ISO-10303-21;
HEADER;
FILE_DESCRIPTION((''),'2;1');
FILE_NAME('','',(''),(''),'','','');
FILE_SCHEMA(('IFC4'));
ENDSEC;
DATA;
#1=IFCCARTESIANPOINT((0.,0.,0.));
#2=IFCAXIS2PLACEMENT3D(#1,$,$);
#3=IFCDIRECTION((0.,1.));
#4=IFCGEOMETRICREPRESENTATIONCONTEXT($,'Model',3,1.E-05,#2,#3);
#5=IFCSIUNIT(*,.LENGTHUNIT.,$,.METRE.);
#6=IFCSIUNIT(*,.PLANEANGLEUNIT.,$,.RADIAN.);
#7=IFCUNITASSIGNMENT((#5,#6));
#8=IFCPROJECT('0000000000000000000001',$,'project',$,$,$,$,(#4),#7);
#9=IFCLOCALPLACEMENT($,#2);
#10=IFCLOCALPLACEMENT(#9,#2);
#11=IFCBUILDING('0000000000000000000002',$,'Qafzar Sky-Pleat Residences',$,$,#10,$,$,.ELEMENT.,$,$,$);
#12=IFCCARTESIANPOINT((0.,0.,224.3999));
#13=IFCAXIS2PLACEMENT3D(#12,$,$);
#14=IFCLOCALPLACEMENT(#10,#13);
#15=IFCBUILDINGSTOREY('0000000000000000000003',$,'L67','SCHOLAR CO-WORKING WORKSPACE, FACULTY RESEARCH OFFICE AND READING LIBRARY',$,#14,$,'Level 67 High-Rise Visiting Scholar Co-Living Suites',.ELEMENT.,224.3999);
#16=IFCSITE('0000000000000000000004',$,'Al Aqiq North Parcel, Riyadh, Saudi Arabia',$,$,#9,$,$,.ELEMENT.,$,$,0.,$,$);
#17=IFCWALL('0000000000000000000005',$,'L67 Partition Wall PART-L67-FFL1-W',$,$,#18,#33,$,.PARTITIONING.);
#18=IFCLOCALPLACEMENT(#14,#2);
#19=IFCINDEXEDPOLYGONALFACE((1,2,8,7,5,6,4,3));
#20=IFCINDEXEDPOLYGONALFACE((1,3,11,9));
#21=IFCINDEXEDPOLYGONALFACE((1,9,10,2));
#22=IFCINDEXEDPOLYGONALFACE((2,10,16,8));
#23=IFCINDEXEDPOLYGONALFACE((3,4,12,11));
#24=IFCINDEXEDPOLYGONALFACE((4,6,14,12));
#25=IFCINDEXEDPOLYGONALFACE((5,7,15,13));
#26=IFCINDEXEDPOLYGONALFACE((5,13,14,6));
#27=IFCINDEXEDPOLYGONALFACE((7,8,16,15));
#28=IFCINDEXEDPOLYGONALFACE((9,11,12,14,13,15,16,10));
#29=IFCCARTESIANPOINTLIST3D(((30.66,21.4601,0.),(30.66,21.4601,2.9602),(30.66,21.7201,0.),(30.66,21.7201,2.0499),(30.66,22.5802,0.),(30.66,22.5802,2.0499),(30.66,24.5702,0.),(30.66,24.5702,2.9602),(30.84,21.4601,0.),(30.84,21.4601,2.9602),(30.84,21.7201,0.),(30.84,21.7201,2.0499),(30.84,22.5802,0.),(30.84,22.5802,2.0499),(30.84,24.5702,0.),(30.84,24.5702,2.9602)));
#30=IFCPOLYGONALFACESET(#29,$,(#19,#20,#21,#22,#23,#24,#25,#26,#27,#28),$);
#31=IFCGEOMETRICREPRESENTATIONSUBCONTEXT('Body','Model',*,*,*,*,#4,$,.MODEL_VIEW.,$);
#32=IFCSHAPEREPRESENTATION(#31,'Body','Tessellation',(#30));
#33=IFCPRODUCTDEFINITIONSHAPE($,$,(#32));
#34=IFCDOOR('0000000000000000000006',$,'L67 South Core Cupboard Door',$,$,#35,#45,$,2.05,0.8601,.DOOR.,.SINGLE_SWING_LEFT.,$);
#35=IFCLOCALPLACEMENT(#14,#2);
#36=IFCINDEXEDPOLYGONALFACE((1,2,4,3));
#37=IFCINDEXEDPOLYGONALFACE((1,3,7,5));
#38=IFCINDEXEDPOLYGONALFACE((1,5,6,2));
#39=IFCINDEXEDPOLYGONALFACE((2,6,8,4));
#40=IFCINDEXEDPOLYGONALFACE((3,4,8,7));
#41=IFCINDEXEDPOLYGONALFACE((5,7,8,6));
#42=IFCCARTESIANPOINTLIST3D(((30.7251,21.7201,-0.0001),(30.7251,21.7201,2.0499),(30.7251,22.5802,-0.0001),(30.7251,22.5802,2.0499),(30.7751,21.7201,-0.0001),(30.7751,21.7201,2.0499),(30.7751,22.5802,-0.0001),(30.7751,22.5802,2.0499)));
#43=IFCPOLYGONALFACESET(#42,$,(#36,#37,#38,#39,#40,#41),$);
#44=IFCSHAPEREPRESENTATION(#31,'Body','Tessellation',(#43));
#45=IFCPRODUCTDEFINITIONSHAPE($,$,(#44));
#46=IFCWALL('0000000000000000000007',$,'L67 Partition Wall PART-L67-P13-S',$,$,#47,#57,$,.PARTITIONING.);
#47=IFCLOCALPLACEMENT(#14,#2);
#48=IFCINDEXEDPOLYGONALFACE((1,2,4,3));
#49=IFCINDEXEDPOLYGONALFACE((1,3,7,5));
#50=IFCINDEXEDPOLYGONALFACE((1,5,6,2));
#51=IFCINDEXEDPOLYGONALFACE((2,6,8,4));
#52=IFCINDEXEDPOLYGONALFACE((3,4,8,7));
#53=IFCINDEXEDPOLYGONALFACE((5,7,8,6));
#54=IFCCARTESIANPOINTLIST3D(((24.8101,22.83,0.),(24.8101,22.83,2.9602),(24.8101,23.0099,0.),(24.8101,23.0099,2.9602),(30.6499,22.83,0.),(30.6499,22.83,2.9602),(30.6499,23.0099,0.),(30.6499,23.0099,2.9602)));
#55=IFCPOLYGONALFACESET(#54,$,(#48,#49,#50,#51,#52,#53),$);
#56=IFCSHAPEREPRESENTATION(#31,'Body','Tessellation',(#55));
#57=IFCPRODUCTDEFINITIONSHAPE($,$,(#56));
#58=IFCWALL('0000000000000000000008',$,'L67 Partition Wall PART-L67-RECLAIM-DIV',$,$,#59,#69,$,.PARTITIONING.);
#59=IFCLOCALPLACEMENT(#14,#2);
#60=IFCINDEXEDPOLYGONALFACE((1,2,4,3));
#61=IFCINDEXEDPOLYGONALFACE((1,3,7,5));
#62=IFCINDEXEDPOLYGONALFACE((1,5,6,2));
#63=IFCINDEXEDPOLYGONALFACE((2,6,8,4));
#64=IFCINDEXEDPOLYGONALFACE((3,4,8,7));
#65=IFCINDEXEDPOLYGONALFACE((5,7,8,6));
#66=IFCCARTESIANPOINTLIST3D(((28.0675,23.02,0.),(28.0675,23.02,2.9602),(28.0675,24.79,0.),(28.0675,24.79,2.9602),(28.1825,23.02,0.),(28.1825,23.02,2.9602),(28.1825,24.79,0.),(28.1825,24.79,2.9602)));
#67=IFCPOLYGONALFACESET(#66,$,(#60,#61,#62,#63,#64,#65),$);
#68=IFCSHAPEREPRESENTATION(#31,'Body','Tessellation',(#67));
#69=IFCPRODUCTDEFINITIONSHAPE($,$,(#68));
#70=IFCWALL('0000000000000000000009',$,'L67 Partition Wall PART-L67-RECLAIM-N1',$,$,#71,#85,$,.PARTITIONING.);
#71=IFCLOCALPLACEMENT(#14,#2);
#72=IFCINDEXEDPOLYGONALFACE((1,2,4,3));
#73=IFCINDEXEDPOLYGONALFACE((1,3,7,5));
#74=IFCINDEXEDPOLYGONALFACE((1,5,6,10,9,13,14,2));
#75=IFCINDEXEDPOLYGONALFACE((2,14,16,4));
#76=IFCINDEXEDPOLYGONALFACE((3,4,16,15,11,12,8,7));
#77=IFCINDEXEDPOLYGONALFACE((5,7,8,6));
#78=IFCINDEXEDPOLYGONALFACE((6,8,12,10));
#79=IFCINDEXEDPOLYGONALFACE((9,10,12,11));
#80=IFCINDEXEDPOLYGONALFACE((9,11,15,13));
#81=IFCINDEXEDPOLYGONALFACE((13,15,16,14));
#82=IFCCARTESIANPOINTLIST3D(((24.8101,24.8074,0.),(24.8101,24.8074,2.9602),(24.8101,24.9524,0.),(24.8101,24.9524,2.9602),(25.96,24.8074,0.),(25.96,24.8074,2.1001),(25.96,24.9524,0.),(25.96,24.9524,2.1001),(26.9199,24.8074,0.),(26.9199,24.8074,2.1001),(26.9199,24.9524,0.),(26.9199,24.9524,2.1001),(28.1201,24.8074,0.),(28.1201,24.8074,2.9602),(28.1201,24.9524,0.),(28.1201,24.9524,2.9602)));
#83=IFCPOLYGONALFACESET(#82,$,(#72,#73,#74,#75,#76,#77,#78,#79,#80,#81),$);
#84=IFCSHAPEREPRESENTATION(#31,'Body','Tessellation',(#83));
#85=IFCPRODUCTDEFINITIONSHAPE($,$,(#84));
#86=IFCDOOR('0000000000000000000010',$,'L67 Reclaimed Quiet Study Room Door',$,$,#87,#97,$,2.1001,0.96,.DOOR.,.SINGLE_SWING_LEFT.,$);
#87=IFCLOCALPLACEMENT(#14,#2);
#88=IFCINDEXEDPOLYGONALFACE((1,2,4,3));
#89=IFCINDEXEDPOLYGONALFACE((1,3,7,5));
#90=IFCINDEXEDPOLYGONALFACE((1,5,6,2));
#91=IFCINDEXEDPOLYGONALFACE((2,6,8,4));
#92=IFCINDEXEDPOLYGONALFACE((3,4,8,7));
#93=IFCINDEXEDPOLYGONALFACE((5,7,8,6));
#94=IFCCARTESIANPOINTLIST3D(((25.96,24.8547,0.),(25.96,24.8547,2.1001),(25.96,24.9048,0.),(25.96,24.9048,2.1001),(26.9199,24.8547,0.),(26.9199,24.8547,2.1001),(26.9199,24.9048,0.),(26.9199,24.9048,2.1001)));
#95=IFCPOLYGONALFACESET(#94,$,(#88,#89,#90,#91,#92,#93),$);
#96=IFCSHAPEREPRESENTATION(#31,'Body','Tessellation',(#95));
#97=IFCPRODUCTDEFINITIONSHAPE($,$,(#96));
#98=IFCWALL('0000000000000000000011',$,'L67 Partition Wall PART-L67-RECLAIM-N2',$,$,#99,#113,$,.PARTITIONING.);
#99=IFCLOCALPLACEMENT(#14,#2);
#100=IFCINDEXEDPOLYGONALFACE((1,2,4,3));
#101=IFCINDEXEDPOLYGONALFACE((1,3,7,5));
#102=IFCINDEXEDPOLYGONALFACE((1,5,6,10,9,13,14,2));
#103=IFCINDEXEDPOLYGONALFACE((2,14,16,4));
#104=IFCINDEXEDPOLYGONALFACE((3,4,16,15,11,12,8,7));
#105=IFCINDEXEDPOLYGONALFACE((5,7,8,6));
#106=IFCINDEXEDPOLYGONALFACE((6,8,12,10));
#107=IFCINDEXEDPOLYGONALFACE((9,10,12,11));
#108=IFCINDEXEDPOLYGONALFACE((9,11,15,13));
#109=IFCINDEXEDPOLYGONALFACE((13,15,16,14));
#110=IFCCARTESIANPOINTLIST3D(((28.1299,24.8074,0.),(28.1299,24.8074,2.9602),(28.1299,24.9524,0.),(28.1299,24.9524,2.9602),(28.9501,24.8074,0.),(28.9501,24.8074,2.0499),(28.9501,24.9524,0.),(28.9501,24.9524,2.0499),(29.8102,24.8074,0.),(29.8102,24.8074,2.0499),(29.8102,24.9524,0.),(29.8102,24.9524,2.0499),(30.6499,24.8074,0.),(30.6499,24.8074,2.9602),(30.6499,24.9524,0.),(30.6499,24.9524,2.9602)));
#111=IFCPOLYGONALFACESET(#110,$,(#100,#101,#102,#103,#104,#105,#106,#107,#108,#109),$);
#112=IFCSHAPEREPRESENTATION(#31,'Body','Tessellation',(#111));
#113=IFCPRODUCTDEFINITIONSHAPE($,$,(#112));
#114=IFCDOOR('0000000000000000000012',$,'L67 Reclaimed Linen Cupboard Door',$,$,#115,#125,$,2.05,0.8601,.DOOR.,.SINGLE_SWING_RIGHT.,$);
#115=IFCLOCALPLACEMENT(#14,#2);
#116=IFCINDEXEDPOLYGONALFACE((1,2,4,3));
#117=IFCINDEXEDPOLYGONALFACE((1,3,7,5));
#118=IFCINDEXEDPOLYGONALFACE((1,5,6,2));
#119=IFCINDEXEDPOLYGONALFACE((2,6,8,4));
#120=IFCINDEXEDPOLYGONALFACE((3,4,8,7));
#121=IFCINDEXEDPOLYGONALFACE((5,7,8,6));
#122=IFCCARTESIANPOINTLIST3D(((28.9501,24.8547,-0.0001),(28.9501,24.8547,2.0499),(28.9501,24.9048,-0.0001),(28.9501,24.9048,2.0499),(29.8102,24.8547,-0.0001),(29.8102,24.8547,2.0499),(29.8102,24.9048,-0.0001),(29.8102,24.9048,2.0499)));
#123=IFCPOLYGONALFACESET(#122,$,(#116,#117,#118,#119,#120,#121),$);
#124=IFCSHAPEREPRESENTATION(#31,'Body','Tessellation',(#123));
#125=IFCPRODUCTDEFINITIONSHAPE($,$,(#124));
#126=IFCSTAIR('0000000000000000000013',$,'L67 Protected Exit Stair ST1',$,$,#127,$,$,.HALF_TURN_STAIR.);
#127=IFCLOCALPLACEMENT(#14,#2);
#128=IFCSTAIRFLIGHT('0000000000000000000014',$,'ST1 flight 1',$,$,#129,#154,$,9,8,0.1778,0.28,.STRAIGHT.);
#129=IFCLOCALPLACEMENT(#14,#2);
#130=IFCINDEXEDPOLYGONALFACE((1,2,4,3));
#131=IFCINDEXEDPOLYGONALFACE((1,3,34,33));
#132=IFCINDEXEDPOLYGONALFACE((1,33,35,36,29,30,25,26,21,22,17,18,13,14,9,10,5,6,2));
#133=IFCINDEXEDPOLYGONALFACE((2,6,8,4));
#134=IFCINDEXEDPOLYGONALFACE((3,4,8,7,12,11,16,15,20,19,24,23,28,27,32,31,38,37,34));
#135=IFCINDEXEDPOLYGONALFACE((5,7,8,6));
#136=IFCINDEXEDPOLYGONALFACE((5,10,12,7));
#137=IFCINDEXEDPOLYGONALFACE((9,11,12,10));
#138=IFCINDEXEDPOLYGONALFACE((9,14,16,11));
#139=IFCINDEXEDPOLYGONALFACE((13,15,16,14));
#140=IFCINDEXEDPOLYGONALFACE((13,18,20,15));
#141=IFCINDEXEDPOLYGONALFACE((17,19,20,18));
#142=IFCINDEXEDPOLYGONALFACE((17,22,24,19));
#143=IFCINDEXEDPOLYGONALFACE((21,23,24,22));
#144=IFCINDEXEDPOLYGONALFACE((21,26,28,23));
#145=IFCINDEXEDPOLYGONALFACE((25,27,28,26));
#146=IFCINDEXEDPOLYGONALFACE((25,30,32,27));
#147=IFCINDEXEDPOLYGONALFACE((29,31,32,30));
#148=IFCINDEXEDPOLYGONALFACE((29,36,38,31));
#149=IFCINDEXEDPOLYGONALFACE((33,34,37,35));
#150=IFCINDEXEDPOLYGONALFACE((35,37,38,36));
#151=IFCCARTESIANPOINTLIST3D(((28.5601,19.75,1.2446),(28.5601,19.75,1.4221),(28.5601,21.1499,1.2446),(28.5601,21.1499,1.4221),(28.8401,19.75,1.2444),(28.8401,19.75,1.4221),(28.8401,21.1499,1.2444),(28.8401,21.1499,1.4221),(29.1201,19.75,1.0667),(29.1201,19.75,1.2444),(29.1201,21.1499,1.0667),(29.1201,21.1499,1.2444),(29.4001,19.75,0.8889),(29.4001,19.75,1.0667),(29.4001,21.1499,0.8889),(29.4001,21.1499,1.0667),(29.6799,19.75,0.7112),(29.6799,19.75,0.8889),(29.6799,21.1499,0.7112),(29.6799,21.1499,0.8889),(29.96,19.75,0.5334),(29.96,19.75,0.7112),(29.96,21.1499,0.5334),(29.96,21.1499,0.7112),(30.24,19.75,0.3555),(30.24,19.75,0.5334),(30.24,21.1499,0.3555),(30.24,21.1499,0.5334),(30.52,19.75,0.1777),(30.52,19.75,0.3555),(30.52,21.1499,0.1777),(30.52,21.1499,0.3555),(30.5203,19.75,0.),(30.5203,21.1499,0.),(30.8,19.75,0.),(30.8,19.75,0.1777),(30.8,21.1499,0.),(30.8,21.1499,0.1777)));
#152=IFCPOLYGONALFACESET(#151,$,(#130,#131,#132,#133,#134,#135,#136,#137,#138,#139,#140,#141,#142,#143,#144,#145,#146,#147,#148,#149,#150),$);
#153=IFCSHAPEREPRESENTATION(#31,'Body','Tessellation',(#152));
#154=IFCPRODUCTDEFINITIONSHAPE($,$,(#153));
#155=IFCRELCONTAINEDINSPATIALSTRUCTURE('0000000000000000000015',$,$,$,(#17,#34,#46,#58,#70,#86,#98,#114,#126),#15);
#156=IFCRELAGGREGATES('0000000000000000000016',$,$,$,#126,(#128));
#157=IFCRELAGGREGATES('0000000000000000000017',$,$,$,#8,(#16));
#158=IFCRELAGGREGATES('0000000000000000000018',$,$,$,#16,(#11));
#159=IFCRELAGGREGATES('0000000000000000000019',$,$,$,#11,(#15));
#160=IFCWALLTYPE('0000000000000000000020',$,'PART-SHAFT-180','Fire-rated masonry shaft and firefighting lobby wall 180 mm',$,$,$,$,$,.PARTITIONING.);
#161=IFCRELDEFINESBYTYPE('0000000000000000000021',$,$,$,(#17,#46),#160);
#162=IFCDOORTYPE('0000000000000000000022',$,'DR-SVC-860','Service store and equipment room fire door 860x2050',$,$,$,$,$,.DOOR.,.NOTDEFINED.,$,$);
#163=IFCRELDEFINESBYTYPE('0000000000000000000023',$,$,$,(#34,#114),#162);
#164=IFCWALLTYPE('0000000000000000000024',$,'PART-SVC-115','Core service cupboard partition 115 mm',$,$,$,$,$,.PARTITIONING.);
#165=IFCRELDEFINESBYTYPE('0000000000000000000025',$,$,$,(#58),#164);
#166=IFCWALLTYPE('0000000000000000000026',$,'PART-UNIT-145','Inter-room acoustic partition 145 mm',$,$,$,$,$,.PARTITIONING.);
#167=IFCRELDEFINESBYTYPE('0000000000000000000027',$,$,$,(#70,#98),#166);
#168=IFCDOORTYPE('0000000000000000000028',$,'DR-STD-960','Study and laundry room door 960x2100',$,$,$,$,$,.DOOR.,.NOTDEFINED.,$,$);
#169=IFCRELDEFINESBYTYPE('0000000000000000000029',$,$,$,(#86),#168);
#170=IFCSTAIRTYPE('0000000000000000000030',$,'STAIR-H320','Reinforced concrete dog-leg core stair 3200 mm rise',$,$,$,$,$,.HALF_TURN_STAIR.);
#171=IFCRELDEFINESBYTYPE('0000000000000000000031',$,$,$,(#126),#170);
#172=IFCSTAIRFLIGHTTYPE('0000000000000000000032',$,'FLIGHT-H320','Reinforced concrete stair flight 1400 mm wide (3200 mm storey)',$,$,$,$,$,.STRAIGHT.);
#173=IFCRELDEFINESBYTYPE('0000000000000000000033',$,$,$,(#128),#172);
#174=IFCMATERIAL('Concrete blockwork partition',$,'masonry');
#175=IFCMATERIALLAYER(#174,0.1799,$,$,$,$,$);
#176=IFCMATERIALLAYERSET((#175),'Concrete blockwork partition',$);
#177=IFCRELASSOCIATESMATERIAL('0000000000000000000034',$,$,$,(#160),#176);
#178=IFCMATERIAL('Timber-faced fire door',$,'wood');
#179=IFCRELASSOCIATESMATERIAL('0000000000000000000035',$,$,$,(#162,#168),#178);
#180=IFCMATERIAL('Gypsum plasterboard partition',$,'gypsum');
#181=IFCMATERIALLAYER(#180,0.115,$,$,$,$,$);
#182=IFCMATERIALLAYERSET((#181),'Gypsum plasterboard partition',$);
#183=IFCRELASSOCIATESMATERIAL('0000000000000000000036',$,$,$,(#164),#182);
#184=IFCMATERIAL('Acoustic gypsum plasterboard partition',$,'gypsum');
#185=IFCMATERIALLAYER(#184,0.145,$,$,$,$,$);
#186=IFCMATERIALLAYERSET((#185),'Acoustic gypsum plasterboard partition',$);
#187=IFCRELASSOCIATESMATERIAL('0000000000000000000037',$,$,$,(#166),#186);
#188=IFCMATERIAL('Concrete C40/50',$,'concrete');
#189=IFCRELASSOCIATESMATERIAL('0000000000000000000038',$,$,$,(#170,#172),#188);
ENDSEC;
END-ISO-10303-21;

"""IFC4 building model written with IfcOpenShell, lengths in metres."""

from ifc_helpers import new_model, si_unit, direction, frame, frame_2d, origin, place, context, subcontext, project, spatial, polyline, rectangle, outline, extrude, source, transform, mapped, material, layer, layer_set, type_object, element, fill, aggregate, save


model = new_model("IFC4")

# Units and contexts
model_context = context("Model", 3, precision=1e-05, world=origin(), true_north=direction((0.0, 1.0)))
body_context = subcontext(model_context, "Body", "Model", "MODEL_VIEW")
ifc_project = project(units=[si_unit("LENGTHUNIT", "METRE"), si_unit("PLANEANGLEUNIT", "RADIAN")], contexts=[model_context])

# Site, building, storey
site_placement = place(None, origin())
site = spatial("IfcSite", under=ifc_project, at=site_placement, Name="Al Aqiq North Parcel, Riyadh, Saudi Arabia", CompositionType="ELEMENT", RefElevation=0.0)
building_placement = place(site_placement, origin())
building = spatial("IfcBuilding", under=site, at=building_placement, Name="Qafzar Sky-Pleat Residences", CompositionType="ELEMENT")
storey_placement = place(building_placement, frame((0.0, 0.0, 224.3999)))
storey = spatial("IfcBuildingStorey", under=building, at=storey_placement, Name="L67", Description="SCHOLAR CO-WORKING WORKSPACE, FACULTY RESEARCH OFFICE AND READING LIBRARY", LongName="Level 67 High-Rise Visiting Scholar Co-Living Suites", CompositionType="ELEMENT", Elevation=224.3999)

# Wall, opening, door
ifc_material_1 = material(Name="Concrete blockwork partition", Category="masonry")
ifc_layer_1 = layer(ifc_material_1, 0.1799)
ifc_layer_set_1 = layer_set([ifc_layer_1], Name="Concrete blockwork partition")
wall_type_1 = type_object("IfcWallType", Name="PART-SHAFT-180", Description="Fire-rated masonry shaft and firefighting lobby wall 180 mm", PredefinedType="PARTITIONING", material=ifc_layer_set_1)
wall_1_placement = place(storey_placement, frame((30.75, 21.46, 0.0), z_axis=(0.0, 0.0, 1.0), x_axis=(0.0, 1.0, 0.0)))
wall_1 = element("IfcWall", 1, at=wall_1_placement, inside=storey, type_object=wall_type_1, Name="L67 Partition Wall PART-L67-FFL1-W", PredefinedType="PARTITIONING", context=body_context, shape_type="SweptSolid", body=[
    extrude(rectangle(XDim=3.1101, YDim=0.1799, at=frame_2d((1.5552, 0.0))), origin(), (0.0, 0.0, 1.0), 2.9602),
])
opening_1_placement = place(wall_1_placement, frame((0.26, 0.0, 0.0)))
opening_1 = element("IfcOpeningElement", 2, at=opening_1_placement, cuts=wall_1, PredefinedType="OPENING", context=body_context, shape_type="SweptSolid", body=[
    extrude(rectangle(XDim=0.8601, YDim=2.05, at=frame_2d((0.4302, 1.0249))), frame((0.0, 0.1001, 0.0), z_axis=(0.0, -1.0, 0.0), x_axis=(1.0, 0.0, 0.0)), (0.0, 0.0, 1.0), 0.2),
])
ifc_material_2 = material(Name="Timber-faced fire door", Category="wood")
door_type_1 = type_object("IfcDoorType", Name="DR-SVC-860", Description="Service store and equipment room fire door 860x2050", OperationType="NOTDEFINED", PredefinedType="DOOR", material=ifc_material_2)
shared_shape_1 = source(origin(), body_context, "Body", "SweptSolid", [
    extrude(rectangle(XDim=0.8601, YDim=2.05, at=frame_2d((0.4302, 1.0249))), frame((0.0, 0.0249, 0.0), z_axis=(0.0, -1.0, 0.0), x_axis=(1.0, 0.0, 0.0)), (0.0, 0.0, 1.0), 0.05),
])
door_1_placement = place(opening_1_placement, origin())
door_1 = element("IfcDoor", 3, at=door_1_placement, inside=storey, type_object=door_type_1, Name="L67 South Core Cupboard Door", OperationType="SINGLE_SWING_LEFT", OverallHeight=2.05, OverallWidth=0.8601, PredefinedType="DOOR", context=body_context, shape_type="MappedRepresentation", body=[
    mapped(shared_shape_1, transform((0.0, 0.0, 0.0), x_axis=(1.0, 0.0, 0.0), y_axis=(0.0, 1.0, 0.0), z_axis=(0.0, 0.0, 1.0), scale=1.0)),
])
fill(opening_1, door_1)

# Walls
wall_2_placement = place(storey_placement, frame((24.8101, 22.9199, 0.0), z_axis=(0.0, 0.0, 1.0), x_axis=(1.0, 0.0, 0.0)))
element("IfcWall", 4, at=wall_2_placement, inside=storey, type_object=wall_type_1, Name="L67 Partition Wall PART-L67-P13-S", PredefinedType="PARTITIONING", context=body_context, shape_type="SweptSolid", body=[
    extrude(rectangle(XDim=5.8398, YDim=0.1799, at=frame_2d((2.9199, 0.0))), origin(), (0.0, 0.0, 1.0), 2.9602),
])
ifc_material_3 = material(Name="Gypsum plasterboard partition", Category="gypsum")
ifc_layer_2 = layer(ifc_material_3, 0.115)
ifc_layer_set_2 = layer_set([ifc_layer_2], Name="Gypsum plasterboard partition")
wall_type_2 = type_object("IfcWallType", Name="PART-SVC-115", Description="Core service cupboard partition 115 mm", PredefinedType="PARTITIONING", material=ifc_layer_set_2)
wall_3_placement = place(storey_placement, frame((28.125, 23.02, 0.0), z_axis=(0.0, 0.0, 1.0), x_axis=(0.0, 1.0, 0.0)))
element("IfcWall", 5, at=wall_3_placement, inside=storey, type_object=wall_type_2, Name="L67 Partition Wall PART-L67-RECLAIM-DIV", PredefinedType="PARTITIONING", context=body_context, shape_type="SweptSolid", body=[
    extrude(rectangle(XDim=1.77, YDim=0.115, at=frame_2d((0.885, 0.0))), origin(), (0.0, 0.0, 1.0), 2.9602),
])

# Walls, openings, doors
ifc_material_4 = material(Name="Acoustic gypsum plasterboard partition", Category="gypsum")
ifc_layer_3 = layer(ifc_material_4, 0.145)
ifc_layer_set_3 = layer_set([ifc_layer_3], Name="Acoustic gypsum plasterboard partition")
wall_type_3 = type_object("IfcWallType", Name="PART-UNIT-145", Description="Inter-room acoustic partition 145 mm", PredefinedType="PARTITIONING", material=ifc_layer_set_3)
wall_4_placement = place(storey_placement, frame((24.8101, 24.8799, 0.0), z_axis=(0.0, 0.0, 1.0), x_axis=(1.0, 0.0, 0.0)))
wall_4 = element("IfcWall", 6, at=wall_4_placement, inside=storey, type_object=wall_type_3, Name="L67 Partition Wall PART-L67-RECLAIM-N1", PredefinedType="PARTITIONING", context=body_context, shape_type="SweptSolid", body=[
    extrude(rectangle(XDim=3.3101, YDim=0.145, at=frame_2d((1.655, 0.0))), origin(), (0.0, 0.0, 1.0), 2.9602),
])
opening_2_placement = place(wall_4_placement, frame((1.1499, 0.0, 0.0)))
opening_2 = element("IfcOpeningElement", 7, at=opening_2_placement, cuts=wall_4, PredefinedType="OPENING", context=body_context, shape_type="SweptSolid", body=[
    extrude(rectangle(XDim=0.96, YDim=2.1001, at=frame_2d((0.48, 1.05))), frame((0.0, 0.0825, 0.0), z_axis=(0.0, -1.0, 0.0), x_axis=(1.0, 0.0, 0.0)), (0.0, 0.0, 1.0), 0.165),
])
door_type_2 = type_object("IfcDoorType", Name="DR-STD-960", Description="Study and laundry room door 960x2100", OperationType="NOTDEFINED", PredefinedType="DOOR", material=ifc_material_2)
shared_shape_2 = source(origin(), body_context, "Body", "SweptSolid", [
    extrude(rectangle(XDim=0.96, YDim=2.1001, at=frame_2d((0.48, 1.05))), frame((0.0, 0.0249, 0.0), z_axis=(0.0, -1.0, 0.0), x_axis=(1.0, 0.0, 0.0)), (0.0, 0.0, 1.0), 0.05),
])
door_2_placement = place(opening_2_placement, origin())
door_2 = element("IfcDoor", 8, at=door_2_placement, inside=storey, type_object=door_type_2, Name="L67 Reclaimed Quiet Study Room Door", OperationType="SINGLE_SWING_LEFT", OverallHeight=2.1001, OverallWidth=0.96, PredefinedType="DOOR", context=body_context, shape_type="MappedRepresentation", body=[
    mapped(shared_shape_2, transform((0.0, 0.0, 0.0), x_axis=(1.0, 0.0, 0.0), y_axis=(0.0, 1.0, 0.0), z_axis=(0.0, 0.0, 1.0), scale=1.0)),
])
fill(opening_2, door_2)
wall_5_placement = place(storey_placement, frame((28.1299, 24.8799, 0.0), z_axis=(0.0, 0.0, 1.0), x_axis=(1.0, 0.0, 0.0)))
wall_5 = element("IfcWall", 9, at=wall_5_placement, inside=storey, type_object=wall_type_3, Name="L67 Partition Wall PART-L67-RECLAIM-N2", PredefinedType="PARTITIONING", context=body_context, shape_type="SweptSolid", body=[
    extrude(rectangle(XDim=2.52, YDim=0.145, at=frame_2d((1.26, 0.0))), origin(), (0.0, 0.0, 1.0), 2.9602),
])
opening_3_placement = place(wall_5_placement, frame((0.8201, 0.0, 0.0)))
opening_3 = element("IfcOpeningElement", 10, at=opening_3_placement, cuts=wall_5, PredefinedType="OPENING", context=body_context, shape_type="SweptSolid", body=[
    extrude(rectangle(XDim=0.8601, YDim=2.05, at=frame_2d((0.4302, 1.0249))), frame((0.0, 0.0825, 0.0), z_axis=(0.0, -1.0, 0.0), x_axis=(1.0, 0.0, 0.0)), (0.0, 0.0, 1.0), 0.165),
])
door_3_placement = place(opening_3_placement, origin())
door_3 = element("IfcDoor", 11, at=door_3_placement, inside=storey, type_object=door_type_1, Name="L67 Reclaimed Linen Cupboard Door", OperationType="SINGLE_SWING_RIGHT", OverallHeight=2.05, OverallWidth=0.8601, PredefinedType="DOOR", context=body_context, shape_type="MappedRepresentation", body=[
    mapped(shared_shape_1, transform((0.0, 0.0, 0.0), x_axis=(1.0, 0.0, 0.0), y_axis=(0.0, 1.0, 0.0), z_axis=(0.0, 0.0, 1.0), scale=1.0)),
])
fill(opening_3, door_3)

# Stair, stair flight
ifc_material_5 = material(Name="Concrete C40/50", Category="concrete")
stair_type = type_object("IfcStairType", Name="STAIR-H320", Description="Reinforced concrete dog-leg core stair 3200 mm rise", PredefinedType="HALF_TURN_STAIR", material=ifc_material_5)
stair_placement = place(storey_placement, origin())
stair = element("IfcStair", 12, at=stair_placement, inside=storey, type_object=stair_type, Name="L67 Protected Exit Stair ST1", PredefinedType="HALF_TURN_STAIR")
stair_flight_type = type_object("IfcStairFlightType", Name="FLIGHT-H320", Description="Reinforced concrete stair flight 1400 mm wide (3200 mm storey)", PredefinedType="STRAIGHT", material=ifc_material_5)
shared_shape_3 = source(origin(), body_context, "Body", "SweptSolid", [
    extrude(outline(polyline([(0.0, 0.0), (0.0, 0.1777), (0.28, 0.1777), (0.28, 0.3555), (0.5601, 0.3555), (0.5601, 0.5334), (0.8401, 0.5334), (0.8401, 0.7112), (1.1201, 0.7112), (1.1201, 0.8889), (1.3999, 0.8889), (1.3999, 1.0667), (1.6799, 1.0667), (1.6799, 1.2444), (1.96, 1.2444), (1.96, 1.4221), (2.24, 1.4221), (2.24, 1.6001), (2.24, 1.2446), (0.2798, 0.0), (0.0, 0.0)])), frame((0.0, 0.7, 0.0), z_axis=(0.0, -1.0, 0.0), x_axis=(1.0, 0.0, 0.0)), (0.0, 0.0, 1.0), 1.3999),
])
stair_flight_1_placement = place(storey_placement, frame((30.8, 20.45, 0.0), z_axis=(0.0, 0.0, 1.0), x_axis=(-1.0, 0.0, 0.0)))
stair_flight_1 = element("IfcStairFlight", 13, at=stair_flight_1_placement, type_object=stair_flight_type, Name="ST1 flight 1", NumberOfRisers=9, NumberOfTreads=8, PredefinedType="STRAIGHT", RiserHeight=0.1778, TreadLength=0.28, context=body_context, shape_type="MappedRepresentation", body=[
    mapped(shared_shape_3, transform((0.0, 0.0, 0.0), x_axis=(1.0, 0.0, 0.0), y_axis=(0.0, 1.0, 0.0), z_axis=(0.0, 0.0, 1.0), scale=1.0)),
])
aggregate(stair, [stair_flight_1])

save(model, "model.ifc")
